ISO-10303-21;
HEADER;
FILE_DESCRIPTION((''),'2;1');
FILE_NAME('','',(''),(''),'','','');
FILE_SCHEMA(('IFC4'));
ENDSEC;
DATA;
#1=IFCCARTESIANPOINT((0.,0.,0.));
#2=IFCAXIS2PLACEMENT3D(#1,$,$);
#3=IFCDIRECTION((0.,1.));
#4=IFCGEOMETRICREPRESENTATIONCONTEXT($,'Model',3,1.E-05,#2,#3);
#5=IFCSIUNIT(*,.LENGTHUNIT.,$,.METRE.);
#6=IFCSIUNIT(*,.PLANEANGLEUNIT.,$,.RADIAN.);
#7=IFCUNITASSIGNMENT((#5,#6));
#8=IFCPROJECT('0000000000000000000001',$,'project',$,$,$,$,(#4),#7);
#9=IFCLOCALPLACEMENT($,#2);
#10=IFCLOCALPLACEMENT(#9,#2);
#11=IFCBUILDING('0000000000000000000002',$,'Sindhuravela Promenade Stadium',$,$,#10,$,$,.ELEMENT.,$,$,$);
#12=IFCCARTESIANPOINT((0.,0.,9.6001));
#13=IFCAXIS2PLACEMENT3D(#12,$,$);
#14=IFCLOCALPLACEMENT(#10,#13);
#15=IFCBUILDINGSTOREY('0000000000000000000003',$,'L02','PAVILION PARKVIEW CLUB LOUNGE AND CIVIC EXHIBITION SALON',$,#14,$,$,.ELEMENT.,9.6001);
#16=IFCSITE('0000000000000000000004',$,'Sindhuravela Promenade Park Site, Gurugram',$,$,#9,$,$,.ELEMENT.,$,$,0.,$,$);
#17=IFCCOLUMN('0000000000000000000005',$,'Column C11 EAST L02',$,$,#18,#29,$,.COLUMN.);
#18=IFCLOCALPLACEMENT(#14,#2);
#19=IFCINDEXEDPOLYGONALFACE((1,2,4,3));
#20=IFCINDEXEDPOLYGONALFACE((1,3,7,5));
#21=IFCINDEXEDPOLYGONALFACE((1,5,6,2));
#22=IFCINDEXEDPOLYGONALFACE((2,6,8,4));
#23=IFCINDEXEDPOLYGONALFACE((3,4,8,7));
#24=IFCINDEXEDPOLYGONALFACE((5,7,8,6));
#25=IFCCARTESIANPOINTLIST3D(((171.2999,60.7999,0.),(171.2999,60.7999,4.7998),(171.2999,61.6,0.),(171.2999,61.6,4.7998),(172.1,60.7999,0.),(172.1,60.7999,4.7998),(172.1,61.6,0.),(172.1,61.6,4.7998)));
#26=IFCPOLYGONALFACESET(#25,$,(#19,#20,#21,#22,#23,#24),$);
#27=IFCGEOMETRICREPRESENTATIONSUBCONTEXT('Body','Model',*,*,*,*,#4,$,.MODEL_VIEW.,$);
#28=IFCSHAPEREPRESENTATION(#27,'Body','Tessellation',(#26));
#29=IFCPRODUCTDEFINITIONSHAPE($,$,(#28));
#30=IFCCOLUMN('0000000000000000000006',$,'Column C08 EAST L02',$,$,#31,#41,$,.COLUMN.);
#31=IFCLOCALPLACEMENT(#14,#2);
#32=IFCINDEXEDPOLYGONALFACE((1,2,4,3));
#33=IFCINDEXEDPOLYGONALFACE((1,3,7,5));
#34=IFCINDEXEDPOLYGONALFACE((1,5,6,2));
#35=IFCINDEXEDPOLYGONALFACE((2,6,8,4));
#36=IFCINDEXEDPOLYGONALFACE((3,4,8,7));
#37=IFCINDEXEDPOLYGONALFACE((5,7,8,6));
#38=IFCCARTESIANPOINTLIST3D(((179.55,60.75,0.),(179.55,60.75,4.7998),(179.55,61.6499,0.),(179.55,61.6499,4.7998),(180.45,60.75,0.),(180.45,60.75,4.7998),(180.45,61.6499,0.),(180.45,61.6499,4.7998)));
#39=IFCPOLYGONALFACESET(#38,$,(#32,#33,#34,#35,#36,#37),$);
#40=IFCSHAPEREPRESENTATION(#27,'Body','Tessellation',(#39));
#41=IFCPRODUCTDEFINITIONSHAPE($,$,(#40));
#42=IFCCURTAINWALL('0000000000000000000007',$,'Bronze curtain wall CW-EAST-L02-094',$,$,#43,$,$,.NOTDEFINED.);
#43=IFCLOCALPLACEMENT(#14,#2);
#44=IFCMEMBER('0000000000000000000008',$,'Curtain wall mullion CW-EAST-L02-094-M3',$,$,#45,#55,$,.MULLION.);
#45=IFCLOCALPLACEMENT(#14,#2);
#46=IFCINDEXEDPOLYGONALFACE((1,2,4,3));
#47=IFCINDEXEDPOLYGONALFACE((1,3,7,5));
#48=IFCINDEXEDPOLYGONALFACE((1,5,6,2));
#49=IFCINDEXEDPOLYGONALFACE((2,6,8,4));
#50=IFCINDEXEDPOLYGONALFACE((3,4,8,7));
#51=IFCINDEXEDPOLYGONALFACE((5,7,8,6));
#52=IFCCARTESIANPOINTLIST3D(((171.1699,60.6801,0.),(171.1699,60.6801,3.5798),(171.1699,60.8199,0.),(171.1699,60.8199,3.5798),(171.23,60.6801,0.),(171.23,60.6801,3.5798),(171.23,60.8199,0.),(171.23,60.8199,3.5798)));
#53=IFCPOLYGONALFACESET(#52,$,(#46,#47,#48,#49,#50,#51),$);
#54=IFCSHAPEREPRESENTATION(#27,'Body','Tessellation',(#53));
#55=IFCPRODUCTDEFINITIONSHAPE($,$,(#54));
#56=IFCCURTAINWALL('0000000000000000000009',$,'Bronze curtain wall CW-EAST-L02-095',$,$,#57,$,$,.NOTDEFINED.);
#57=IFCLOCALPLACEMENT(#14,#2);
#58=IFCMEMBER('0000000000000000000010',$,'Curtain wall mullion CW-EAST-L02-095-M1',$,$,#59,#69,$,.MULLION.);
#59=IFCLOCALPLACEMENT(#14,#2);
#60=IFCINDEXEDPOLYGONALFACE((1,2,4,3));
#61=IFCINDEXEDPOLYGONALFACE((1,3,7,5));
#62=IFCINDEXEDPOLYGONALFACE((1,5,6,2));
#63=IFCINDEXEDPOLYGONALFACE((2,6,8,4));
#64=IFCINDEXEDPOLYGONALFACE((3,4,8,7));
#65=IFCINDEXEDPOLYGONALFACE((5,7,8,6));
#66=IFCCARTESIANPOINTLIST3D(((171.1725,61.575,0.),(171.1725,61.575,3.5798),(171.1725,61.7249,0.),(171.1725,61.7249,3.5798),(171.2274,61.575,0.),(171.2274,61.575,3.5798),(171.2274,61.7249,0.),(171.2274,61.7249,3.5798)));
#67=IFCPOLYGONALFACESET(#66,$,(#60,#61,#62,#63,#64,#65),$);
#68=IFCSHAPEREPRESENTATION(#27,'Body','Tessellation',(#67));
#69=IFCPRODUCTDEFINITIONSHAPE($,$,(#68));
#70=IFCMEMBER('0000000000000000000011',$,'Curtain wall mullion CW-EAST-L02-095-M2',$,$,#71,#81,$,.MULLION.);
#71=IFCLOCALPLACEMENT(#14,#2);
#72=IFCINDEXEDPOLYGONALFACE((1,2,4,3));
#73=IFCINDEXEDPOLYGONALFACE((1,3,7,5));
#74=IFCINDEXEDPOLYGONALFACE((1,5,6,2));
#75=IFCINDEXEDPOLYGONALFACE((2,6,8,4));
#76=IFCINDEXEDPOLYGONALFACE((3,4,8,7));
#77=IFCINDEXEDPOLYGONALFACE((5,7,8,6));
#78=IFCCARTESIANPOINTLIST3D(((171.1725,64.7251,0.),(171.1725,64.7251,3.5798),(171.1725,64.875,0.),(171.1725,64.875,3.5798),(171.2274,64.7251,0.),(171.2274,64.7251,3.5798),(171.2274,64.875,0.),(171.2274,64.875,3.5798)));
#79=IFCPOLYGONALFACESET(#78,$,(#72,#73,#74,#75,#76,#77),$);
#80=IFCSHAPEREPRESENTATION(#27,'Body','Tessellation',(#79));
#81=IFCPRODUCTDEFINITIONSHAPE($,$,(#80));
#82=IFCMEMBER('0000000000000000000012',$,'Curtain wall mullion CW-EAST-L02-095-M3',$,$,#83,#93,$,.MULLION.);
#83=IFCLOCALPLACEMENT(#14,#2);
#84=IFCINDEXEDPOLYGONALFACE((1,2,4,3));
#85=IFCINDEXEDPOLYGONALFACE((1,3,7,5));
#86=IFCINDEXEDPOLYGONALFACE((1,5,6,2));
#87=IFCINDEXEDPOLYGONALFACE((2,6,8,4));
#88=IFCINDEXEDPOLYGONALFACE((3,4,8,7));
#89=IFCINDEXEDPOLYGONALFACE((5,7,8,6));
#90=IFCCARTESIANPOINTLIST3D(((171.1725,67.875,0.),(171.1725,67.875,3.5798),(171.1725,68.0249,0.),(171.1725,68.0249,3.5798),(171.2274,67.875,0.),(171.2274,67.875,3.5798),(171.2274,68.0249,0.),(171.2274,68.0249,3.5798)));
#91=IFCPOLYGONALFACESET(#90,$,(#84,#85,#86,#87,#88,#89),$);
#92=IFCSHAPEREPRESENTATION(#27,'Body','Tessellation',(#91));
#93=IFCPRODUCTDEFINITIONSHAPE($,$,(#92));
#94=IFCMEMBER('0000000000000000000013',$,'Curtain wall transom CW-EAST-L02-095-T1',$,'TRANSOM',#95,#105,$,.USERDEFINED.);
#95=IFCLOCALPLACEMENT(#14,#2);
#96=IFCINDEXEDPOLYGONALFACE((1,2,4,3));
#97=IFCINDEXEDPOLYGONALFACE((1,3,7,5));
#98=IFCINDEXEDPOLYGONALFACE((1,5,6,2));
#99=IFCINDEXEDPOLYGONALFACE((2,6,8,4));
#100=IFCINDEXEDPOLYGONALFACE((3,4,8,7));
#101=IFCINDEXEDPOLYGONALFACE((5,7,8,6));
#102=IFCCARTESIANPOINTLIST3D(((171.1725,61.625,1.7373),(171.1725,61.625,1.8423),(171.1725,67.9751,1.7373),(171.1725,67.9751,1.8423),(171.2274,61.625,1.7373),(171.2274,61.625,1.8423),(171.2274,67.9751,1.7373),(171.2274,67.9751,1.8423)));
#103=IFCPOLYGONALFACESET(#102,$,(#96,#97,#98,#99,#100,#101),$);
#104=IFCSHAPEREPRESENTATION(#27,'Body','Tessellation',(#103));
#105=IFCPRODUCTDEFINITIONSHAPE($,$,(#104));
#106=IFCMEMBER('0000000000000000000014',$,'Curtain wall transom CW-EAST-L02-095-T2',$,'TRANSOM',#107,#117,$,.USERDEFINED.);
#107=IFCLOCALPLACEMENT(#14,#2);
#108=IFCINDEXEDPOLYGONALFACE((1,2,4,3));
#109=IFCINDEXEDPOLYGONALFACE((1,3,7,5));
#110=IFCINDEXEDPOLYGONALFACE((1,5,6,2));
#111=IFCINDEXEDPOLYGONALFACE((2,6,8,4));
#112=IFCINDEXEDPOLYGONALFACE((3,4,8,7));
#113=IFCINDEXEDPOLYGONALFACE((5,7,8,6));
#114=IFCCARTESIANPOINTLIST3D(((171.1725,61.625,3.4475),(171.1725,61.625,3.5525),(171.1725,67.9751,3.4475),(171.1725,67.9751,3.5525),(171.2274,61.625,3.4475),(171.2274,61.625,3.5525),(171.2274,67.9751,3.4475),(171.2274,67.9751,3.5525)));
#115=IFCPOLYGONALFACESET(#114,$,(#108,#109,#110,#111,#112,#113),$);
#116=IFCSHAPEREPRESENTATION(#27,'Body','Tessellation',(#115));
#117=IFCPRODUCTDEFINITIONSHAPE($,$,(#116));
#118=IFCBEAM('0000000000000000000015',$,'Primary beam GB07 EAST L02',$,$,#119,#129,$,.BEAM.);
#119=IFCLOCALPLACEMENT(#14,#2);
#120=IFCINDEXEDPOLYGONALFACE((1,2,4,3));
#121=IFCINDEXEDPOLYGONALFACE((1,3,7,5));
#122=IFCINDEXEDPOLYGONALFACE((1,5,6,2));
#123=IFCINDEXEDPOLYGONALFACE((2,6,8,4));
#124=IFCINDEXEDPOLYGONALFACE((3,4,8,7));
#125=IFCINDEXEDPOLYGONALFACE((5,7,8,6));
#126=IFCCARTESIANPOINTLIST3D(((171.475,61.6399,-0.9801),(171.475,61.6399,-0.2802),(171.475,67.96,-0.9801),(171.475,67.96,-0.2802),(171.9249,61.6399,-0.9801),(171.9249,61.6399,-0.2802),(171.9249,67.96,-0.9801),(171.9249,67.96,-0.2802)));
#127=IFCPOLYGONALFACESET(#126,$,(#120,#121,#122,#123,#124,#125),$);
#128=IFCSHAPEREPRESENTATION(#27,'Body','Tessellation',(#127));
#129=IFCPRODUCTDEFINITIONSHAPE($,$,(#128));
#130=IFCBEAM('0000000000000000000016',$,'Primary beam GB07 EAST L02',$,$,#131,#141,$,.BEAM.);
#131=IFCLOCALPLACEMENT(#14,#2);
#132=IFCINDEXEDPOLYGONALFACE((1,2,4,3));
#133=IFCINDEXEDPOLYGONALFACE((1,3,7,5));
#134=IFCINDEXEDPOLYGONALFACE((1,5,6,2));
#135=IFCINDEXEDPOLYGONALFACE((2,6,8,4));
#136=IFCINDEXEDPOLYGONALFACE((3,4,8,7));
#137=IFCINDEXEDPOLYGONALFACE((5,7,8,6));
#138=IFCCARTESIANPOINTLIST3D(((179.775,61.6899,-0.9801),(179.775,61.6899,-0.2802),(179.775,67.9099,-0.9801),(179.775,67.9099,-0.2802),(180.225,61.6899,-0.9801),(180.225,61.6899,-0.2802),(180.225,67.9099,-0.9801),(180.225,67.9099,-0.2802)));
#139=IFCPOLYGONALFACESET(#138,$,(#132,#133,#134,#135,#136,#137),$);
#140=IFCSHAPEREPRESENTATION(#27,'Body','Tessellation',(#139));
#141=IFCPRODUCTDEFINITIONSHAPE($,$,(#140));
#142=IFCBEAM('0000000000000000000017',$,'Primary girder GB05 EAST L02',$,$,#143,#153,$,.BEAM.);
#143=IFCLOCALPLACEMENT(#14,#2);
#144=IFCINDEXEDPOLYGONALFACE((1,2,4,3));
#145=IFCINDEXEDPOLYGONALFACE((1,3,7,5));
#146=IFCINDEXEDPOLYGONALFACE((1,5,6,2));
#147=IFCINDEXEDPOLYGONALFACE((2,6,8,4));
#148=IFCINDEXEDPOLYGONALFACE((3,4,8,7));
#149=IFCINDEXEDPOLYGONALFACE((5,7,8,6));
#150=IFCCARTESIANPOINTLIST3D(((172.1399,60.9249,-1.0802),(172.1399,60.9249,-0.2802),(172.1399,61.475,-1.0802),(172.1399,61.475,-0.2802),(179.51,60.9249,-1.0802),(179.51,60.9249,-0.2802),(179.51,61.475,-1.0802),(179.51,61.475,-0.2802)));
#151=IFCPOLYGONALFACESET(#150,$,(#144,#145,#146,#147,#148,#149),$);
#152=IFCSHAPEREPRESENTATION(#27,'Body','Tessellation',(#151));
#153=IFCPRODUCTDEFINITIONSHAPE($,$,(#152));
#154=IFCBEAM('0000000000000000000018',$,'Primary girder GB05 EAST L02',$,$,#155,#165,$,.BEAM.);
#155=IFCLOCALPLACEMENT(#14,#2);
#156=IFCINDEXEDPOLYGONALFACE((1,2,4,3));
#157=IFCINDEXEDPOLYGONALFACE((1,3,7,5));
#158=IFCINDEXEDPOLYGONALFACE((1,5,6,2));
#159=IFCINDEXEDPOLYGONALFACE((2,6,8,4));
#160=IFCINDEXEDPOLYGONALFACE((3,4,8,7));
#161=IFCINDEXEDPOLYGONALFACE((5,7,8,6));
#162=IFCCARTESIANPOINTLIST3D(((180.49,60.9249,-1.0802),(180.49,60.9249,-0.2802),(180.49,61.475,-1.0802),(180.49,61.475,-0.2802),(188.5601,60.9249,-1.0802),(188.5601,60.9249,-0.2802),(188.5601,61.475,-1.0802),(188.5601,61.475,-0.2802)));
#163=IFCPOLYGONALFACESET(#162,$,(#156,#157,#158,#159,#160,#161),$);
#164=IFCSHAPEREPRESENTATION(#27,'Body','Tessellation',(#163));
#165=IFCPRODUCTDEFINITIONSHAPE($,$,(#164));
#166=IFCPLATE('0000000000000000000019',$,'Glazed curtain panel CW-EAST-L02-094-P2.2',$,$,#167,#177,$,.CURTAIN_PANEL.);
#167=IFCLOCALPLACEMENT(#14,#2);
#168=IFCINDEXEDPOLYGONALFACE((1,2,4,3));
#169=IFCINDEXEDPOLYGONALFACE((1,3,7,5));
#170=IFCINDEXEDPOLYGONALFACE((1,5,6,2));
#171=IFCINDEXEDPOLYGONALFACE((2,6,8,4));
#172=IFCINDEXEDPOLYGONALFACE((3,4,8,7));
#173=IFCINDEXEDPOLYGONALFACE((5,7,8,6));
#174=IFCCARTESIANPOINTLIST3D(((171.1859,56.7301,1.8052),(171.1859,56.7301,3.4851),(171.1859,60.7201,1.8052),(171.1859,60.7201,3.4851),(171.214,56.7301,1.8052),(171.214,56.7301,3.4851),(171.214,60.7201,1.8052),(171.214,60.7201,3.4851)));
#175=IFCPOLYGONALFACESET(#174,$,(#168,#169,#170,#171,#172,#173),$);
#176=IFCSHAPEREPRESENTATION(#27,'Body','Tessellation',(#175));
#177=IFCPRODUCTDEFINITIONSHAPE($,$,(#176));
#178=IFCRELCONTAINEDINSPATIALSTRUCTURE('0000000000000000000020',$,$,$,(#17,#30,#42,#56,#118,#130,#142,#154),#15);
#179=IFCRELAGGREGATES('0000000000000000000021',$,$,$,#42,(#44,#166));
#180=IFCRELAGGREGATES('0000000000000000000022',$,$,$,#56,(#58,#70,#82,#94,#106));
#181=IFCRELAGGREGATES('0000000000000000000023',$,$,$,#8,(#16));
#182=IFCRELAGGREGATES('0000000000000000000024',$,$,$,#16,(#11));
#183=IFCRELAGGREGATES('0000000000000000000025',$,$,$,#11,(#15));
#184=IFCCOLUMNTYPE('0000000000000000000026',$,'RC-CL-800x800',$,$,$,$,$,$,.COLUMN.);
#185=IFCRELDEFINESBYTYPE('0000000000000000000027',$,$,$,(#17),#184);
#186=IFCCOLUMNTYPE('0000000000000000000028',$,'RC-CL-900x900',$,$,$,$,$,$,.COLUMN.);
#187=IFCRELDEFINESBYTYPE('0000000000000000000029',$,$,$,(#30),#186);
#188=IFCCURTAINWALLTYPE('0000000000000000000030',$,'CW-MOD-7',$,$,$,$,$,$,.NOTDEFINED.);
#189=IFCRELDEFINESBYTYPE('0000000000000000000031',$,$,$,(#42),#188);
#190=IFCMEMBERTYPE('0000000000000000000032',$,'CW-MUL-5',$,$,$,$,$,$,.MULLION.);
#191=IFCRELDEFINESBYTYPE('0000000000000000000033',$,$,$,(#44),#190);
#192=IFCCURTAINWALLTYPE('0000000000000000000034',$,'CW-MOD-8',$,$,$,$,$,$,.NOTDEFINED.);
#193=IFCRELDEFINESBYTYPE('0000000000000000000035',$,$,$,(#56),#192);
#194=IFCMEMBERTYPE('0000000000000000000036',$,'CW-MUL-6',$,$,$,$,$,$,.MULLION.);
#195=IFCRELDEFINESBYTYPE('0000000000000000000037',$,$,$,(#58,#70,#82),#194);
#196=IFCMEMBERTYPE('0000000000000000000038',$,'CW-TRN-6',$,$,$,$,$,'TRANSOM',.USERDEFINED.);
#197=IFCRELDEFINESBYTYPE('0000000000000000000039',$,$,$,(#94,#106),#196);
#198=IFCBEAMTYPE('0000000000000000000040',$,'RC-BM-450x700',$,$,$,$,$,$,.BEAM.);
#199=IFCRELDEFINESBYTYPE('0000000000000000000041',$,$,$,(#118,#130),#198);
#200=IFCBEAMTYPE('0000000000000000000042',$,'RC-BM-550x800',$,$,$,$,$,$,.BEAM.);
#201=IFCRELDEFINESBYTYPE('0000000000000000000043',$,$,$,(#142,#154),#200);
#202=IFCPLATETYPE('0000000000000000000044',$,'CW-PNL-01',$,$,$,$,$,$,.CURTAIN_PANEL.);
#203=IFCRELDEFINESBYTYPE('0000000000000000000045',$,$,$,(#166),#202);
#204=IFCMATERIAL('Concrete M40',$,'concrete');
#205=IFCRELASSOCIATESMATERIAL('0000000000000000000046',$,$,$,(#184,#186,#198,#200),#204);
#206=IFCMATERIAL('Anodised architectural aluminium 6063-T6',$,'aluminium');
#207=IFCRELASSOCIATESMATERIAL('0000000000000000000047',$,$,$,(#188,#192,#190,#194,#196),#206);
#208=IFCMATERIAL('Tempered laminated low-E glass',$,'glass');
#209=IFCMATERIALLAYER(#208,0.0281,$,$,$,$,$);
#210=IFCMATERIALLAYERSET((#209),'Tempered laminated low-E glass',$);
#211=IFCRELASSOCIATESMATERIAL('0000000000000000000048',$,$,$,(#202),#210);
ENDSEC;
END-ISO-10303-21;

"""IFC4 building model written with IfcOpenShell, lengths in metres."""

from ifc_helpers import new_model, si_unit, direction, frame, origin, origin_2d, place, context, subcontext, project, spatial, rectangle, extrude, material, layer, layer_set, material_profile, profile_set, type_object, element, aggregate, save


model = new_model("IFC4")

# Units and contexts
model_context = context("Model", 3, precision=1e-05, world=origin(), true_north=direction((0.0, 1.0)))
body_context = subcontext(model_context, "Body", "Model", "MODEL_VIEW")
ifc_project = project(units=[si_unit("LENGTHUNIT", "METRE"), si_unit("PLANEANGLEUNIT", "RADIAN")], contexts=[model_context])

# Site, building, storey
site_placement = place(None, origin())
site = spatial("IfcSite", under=ifc_project, at=site_placement, Name="Sindhuravela Promenade Park Site, Gurugram", CompositionType="ELEMENT", RefElevation=0.0)
building_placement = place(site_placement, origin())
building = spatial("IfcBuilding", under=site, at=building_placement, Name="Sindhuravela Promenade Stadium", CompositionType="ELEMENT")
storey_placement = place(building_placement, frame((0.0, 0.0, 9.6001)))
storey = spatial("IfcBuildingStorey", under=building, at=storey_placement, Name="L02", Description="PAVILION PARKVIEW CLUB LOUNGE AND CIVIC EXHIBITION SALON", CompositionType="ELEMENT", Elevation=9.6001)

# Columns
ifc_material_1 = material(Name="Concrete M40", Category="concrete")
ifc_material_profile_1 = material_profile(ifc_material_1, rectangle(XDim=0.8, YDim=0.8, at=origin_2d()), Name="RC 800x800")
ifc_profile_set_1 = profile_set([ifc_material_profile_1], Name="Concrete M40")
column_type_1 = type_object("IfcColumnType", Name="RC-CL-800x800", PredefinedType="COLUMN", material=ifc_profile_set_1)
column_1_placement = place(storey_placement, frame((171.7, 61.2, 0.0), z_axis=(0.0, 0.0, 1.0), x_axis=(1.0, 0.0, 0.0)))
element("IfcColumn", 1, at=column_1_placement, inside=storey, type_object=column_type_1, Name="Column C11 EAST L02", PredefinedType="COLUMN", context=body_context, shape_type="SweptSolid", body=[
    extrude(rectangle(XDim=0.8, YDim=0.8, at=origin_2d()), origin(), (0.0, 0.0, 1.0), 4.7998),
])
ifc_material_profile_2 = material_profile(ifc_material_1, rectangle(XDim=0.8999, YDim=0.8999, at=origin_2d()), Name="RC 900x900")
ifc_profile_set_2 = profile_set([ifc_material_profile_2], Name="Concrete M40")
column_type_2 = type_object("IfcColumnType", Name="RC-CL-900x900", PredefinedType="COLUMN", material=ifc_profile_set_2)
column_2_placement = place(storey_placement, frame((180.0, 61.2, 0.0), z_axis=(0.0, 0.0, 1.0), x_axis=(1.0, 0.0, 0.0)))
element("IfcColumn", 2, at=column_2_placement, inside=storey, type_object=column_type_2, Name="Column C08 EAST L02", PredefinedType="COLUMN", context=body_context, shape_type="SweptSolid", body=[
    extrude(rectangle(XDim=0.8999, YDim=0.8999, at=origin_2d()), origin(), (0.0, 0.0, 1.0), 4.7998),
])

# Curtain wall, member
ifc_material_2 = material(Name="Anodised architectural aluminium 6063-T6", Category="aluminium")
curtain_wall_type_1 = type_object("IfcCurtainWallType", Name="CW-MOD-7", PredefinedType="NOTDEFINED", material=ifc_material_2)
curtain_wall_1_placement = place(storey_placement, origin())
curtain_wall_1 = element("IfcCurtainWall", 3, at=curtain_wall_1_placement, inside=storey, type_object=curtain_wall_type_1, Name="Bronze curtain wall CW-EAST-L02-094", PredefinedType="NOTDEFINED")
ifc_material_profile_3 = material_profile(ifc_material_2, rectangle(XDim=0.0601, YDim=0.1399, at=origin_2d()), Name="ALU M60x140")
ifc_profile_set_3 = profile_set([ifc_material_profile_3], Name="Anodised architectural aluminium 6063-T6")
member_type_1 = type_object("IfcMemberType", Name="CW-MUL-5", PredefinedType="MULLION", material=ifc_profile_set_3)
member_1_placement = place(storey_placement, frame((171.2, 60.75, 0.0), z_axis=(0.0, 0.0, 1.0), x_axis=(1.0, 0.0, 0.0)))
member_1 = element("IfcMember", 4, at=member_1_placement, type_object=member_type_1, Name="Curtain wall mullion CW-EAST-L02-094-M3", PredefinedType="MULLION", context=body_context, shape_type="SweptSolid", body=[
    extrude(rectangle(XDim=0.0601, YDim=0.1399, at=origin_2d()), origin(), (0.0, 0.0, 1.0), 3.5798),
])

# Curtain wall, members
curtain_wall_type_2 = type_object("IfcCurtainWallType", Name="CW-MOD-8", PredefinedType="NOTDEFINED", material=ifc_material_2)
curtain_wall_2_placement = place(storey_placement, origin())
curtain_wall_2 = element("IfcCurtainWall", 5, at=curtain_wall_2_placement, inside=storey, type_object=curtain_wall_type_2, Name="Bronze curtain wall CW-EAST-L02-095", PredefinedType="NOTDEFINED")
ifc_material_profile_4 = material_profile(ifc_material_2, rectangle(XDim=0.0549, YDim=0.1499, at=origin_2d()), Name="ALU M55x150")
ifc_profile_set_4 = profile_set([ifc_material_profile_4], Name="Anodised architectural aluminium 6063-T6")
member_type_2 = type_object("IfcMemberType", Name="CW-MUL-6", PredefinedType="MULLION", material=ifc_profile_set_4)
member_2_placement = place(storey_placement, frame((171.2, 61.6499, 0.0), z_axis=(0.0, 0.0, 1.0), x_axis=(1.0, 0.0, 0.0)))
member_2 = element("IfcMember", 6, at=member_2_placement, type_object=member_type_2, Name="Curtain wall mullion CW-EAST-L02-095-M1", PredefinedType="MULLION", context=body_context, shape_type="SweptSolid", body=[
    extrude(rectangle(XDim=0.0549, YDim=0.1499, at=origin_2d()), origin(), (0.0, 0.0, 1.0), 3.5798),
])
member_3_placement = place(storey_placement, frame((171.2, 64.8, 0.0), z_axis=(0.0, 0.0, 1.0), x_axis=(1.0, 0.0, 0.0)))
member_3 = element("IfcMember", 7, at=member_3_placement, type_object=member_type_2, Name="Curtain wall mullion CW-EAST-L02-095-M2", PredefinedType="MULLION", context=body_context, shape_type="SweptSolid", body=[
    extrude(rectangle(XDim=0.0549, YDim=0.1499, at=origin_2d()), origin(), (0.0, 0.0, 1.0), 3.5798),
])
member_4_placement = place(storey_placement, frame((171.2, 67.95, 0.0), z_axis=(0.0, 0.0, 1.0), x_axis=(1.0, 0.0, 0.0)))
member_4 = element("IfcMember", 8, at=member_4_placement, type_object=member_type_2, Name="Curtain wall mullion CW-EAST-L02-095-M3", PredefinedType="MULLION", context=body_context, shape_type="SweptSolid", body=[
    extrude(rectangle(XDim=0.0549, YDim=0.1499, at=origin_2d()), origin(), (0.0, 0.0, 1.0), 3.5798),
])
ifc_material_profile_5 = material_profile(ifc_material_2, rectangle(XDim=0.0549, YDim=0.105, at=origin_2d()), Name="ALU T55x105")
ifc_profile_set_5 = profile_set([ifc_material_profile_5], Name="Anodised architectural aluminium 6063-T6")
member_type_3 = type_object("IfcMemberType", Name="CW-TRN-6", ElementType="TRANSOM", PredefinedType="USERDEFINED", material=ifc_profile_set_5)
member_5_placement = place(storey_placement, frame((171.2, 61.625, 1.7898), z_axis=(0.0, 1.0, 0.0), x_axis=(-1.0, 0.0, 0.0)))
member_5 = element("IfcMember", 9, at=member_5_placement, type_object=member_type_3, Name="Curtain wall transom CW-EAST-L02-095-T1", ObjectType="TRANSOM", PredefinedType="USERDEFINED", context=body_context, shape_type="SweptSolid", body=[
    extrude(rectangle(XDim=0.0549, YDim=0.105, at=origin_2d()), origin(), (0.0, 0.0, 1.0), 6.3501),
])
member_6_placement = place(storey_placement, frame((171.2, 61.625, 3.5), z_axis=(0.0, 1.0, 0.0), x_axis=(-1.0, 0.0, 0.0)))
member_6 = element("IfcMember", 10, at=member_6_placement, type_object=member_type_3, Name="Curtain wall transom CW-EAST-L02-095-T2", ObjectType="TRANSOM", PredefinedType="USERDEFINED", context=body_context, shape_type="SweptSolid", body=[
    extrude(rectangle(XDim=0.0549, YDim=0.105, at=origin_2d()), origin(), (0.0, 0.0, 1.0), 6.3501),
])

# Beams
ifc_material_profile_6 = material_profile(ifc_material_1, rectangle(XDim=0.45, YDim=0.7, at=origin_2d()), Name="RC 450x700")
ifc_profile_set_6 = profile_set([ifc_material_profile_6], Name="Concrete M40")
beam_type_1 = type_object("IfcBeamType", Name="RC-BM-450x700", PredefinedType="BEAM", material=ifc_profile_set_6)
beam_1_placement = place(storey_placement, frame((171.7, 61.6399, -0.6301), z_axis=(0.0, 1.0, 0.0), x_axis=(-1.0, 0.0, 0.0)))
element("IfcBeam", 11, at=beam_1_placement, inside=storey, type_object=beam_type_1, Name="Primary beam GB07 EAST L02", PredefinedType="BEAM", context=body_context, shape_type="SweptSolid", body=[
    extrude(rectangle(XDim=0.45, YDim=0.7, at=origin_2d()), origin(), (0.0, 0.0, 1.0), 6.3201),
])
beam_2_placement = place(storey_placement, frame((180.0, 61.6899, -0.6301), z_axis=(0.0, 1.0, 0.0), x_axis=(-1.0, 0.0, 0.0)))
element("IfcBeam", 12, at=beam_2_placement, inside=storey, type_object=beam_type_1, Name="Primary beam GB07 EAST L02", PredefinedType="BEAM", context=body_context, shape_type="SweptSolid", body=[
    extrude(rectangle(XDim=0.45, YDim=0.7, at=origin_2d()), origin(), (0.0, 0.0, 1.0), 6.22),
])
ifc_material_profile_7 = material_profile(ifc_material_1, rectangle(XDim=0.55, YDim=0.8, at=origin_2d()), Name="RC 550x800")
ifc_profile_set_7 = profile_set([ifc_material_profile_7], Name="Concrete M40")
beam_type_2 = type_object("IfcBeamType", Name="RC-BM-550x800", PredefinedType="BEAM", material=ifc_profile_set_7)
beam_3_placement = place(storey_placement, frame((172.1399, 61.2, -0.6802), z_axis=(1.0, 0.0, 0.0), x_axis=(0.0, 1.0, 0.0)))
element("IfcBeam", 13, at=beam_3_placement, inside=storey, type_object=beam_type_2, Name="Primary girder GB05 EAST L02", PredefinedType="BEAM", context=body_context, shape_type="SweptSolid", body=[
    extrude(rectangle(XDim=0.55, YDim=0.8, at=origin_2d()), origin(), (0.0, 0.0, 1.0), 7.3701),
])
beam_4_placement = place(storey_placement, frame((180.49, 61.2, -0.6802), z_axis=(1.0, 0.0, 0.0), x_axis=(0.0, 1.0, 0.0)))
element("IfcBeam", 14, at=beam_4_placement, inside=storey, type_object=beam_type_2, Name="Primary girder GB05 EAST L02", PredefinedType="BEAM", context=body_context, shape_type="SweptSolid", body=[
    extrude(rectangle(XDim=0.55, YDim=0.8, at=origin_2d()), origin(), (0.0, 0.0, 1.0), 8.0701),
])

# Plate
ifc_material_3 = material(Name="Tempered laminated low-E glass", Category="glass")
ifc_layer_1 = layer(ifc_material_3, 0.0281)
ifc_layer_set_1 = layer_set([ifc_layer_1], Name="Tempered laminated low-E glass")
plate_type_1 = type_object("IfcPlateType", Name="CW-PNL-01", PredefinedType="CURTAIN_PANEL", material=ifc_layer_set_1)
plate_1_placement = place(storey_placement, frame((171.2, 58.7251, 1.8052), z_axis=(0.0, 0.0, 1.0), x_axis=(0.0, 1.0, 0.0)))
plate_1 = element("IfcPlate", 15, at=plate_1_placement, type_object=plate_type_1, Name="Glazed curtain panel CW-EAST-L02-094-P2.2", PredefinedType="CURTAIN_PANEL", context=body_context, shape_type="SweptSolid", body=[
    extrude(rectangle(XDim=3.99, YDim=0.0281, at=origin_2d()), origin(), (0.0, 0.0, 1.0), 1.6799),
])
aggregate(curtain_wall_1, [member_1, plate_1])
aggregate(curtain_wall_2, [member_2, member_3, member_4, member_5, member_6])

save(model, "model.ifc")
